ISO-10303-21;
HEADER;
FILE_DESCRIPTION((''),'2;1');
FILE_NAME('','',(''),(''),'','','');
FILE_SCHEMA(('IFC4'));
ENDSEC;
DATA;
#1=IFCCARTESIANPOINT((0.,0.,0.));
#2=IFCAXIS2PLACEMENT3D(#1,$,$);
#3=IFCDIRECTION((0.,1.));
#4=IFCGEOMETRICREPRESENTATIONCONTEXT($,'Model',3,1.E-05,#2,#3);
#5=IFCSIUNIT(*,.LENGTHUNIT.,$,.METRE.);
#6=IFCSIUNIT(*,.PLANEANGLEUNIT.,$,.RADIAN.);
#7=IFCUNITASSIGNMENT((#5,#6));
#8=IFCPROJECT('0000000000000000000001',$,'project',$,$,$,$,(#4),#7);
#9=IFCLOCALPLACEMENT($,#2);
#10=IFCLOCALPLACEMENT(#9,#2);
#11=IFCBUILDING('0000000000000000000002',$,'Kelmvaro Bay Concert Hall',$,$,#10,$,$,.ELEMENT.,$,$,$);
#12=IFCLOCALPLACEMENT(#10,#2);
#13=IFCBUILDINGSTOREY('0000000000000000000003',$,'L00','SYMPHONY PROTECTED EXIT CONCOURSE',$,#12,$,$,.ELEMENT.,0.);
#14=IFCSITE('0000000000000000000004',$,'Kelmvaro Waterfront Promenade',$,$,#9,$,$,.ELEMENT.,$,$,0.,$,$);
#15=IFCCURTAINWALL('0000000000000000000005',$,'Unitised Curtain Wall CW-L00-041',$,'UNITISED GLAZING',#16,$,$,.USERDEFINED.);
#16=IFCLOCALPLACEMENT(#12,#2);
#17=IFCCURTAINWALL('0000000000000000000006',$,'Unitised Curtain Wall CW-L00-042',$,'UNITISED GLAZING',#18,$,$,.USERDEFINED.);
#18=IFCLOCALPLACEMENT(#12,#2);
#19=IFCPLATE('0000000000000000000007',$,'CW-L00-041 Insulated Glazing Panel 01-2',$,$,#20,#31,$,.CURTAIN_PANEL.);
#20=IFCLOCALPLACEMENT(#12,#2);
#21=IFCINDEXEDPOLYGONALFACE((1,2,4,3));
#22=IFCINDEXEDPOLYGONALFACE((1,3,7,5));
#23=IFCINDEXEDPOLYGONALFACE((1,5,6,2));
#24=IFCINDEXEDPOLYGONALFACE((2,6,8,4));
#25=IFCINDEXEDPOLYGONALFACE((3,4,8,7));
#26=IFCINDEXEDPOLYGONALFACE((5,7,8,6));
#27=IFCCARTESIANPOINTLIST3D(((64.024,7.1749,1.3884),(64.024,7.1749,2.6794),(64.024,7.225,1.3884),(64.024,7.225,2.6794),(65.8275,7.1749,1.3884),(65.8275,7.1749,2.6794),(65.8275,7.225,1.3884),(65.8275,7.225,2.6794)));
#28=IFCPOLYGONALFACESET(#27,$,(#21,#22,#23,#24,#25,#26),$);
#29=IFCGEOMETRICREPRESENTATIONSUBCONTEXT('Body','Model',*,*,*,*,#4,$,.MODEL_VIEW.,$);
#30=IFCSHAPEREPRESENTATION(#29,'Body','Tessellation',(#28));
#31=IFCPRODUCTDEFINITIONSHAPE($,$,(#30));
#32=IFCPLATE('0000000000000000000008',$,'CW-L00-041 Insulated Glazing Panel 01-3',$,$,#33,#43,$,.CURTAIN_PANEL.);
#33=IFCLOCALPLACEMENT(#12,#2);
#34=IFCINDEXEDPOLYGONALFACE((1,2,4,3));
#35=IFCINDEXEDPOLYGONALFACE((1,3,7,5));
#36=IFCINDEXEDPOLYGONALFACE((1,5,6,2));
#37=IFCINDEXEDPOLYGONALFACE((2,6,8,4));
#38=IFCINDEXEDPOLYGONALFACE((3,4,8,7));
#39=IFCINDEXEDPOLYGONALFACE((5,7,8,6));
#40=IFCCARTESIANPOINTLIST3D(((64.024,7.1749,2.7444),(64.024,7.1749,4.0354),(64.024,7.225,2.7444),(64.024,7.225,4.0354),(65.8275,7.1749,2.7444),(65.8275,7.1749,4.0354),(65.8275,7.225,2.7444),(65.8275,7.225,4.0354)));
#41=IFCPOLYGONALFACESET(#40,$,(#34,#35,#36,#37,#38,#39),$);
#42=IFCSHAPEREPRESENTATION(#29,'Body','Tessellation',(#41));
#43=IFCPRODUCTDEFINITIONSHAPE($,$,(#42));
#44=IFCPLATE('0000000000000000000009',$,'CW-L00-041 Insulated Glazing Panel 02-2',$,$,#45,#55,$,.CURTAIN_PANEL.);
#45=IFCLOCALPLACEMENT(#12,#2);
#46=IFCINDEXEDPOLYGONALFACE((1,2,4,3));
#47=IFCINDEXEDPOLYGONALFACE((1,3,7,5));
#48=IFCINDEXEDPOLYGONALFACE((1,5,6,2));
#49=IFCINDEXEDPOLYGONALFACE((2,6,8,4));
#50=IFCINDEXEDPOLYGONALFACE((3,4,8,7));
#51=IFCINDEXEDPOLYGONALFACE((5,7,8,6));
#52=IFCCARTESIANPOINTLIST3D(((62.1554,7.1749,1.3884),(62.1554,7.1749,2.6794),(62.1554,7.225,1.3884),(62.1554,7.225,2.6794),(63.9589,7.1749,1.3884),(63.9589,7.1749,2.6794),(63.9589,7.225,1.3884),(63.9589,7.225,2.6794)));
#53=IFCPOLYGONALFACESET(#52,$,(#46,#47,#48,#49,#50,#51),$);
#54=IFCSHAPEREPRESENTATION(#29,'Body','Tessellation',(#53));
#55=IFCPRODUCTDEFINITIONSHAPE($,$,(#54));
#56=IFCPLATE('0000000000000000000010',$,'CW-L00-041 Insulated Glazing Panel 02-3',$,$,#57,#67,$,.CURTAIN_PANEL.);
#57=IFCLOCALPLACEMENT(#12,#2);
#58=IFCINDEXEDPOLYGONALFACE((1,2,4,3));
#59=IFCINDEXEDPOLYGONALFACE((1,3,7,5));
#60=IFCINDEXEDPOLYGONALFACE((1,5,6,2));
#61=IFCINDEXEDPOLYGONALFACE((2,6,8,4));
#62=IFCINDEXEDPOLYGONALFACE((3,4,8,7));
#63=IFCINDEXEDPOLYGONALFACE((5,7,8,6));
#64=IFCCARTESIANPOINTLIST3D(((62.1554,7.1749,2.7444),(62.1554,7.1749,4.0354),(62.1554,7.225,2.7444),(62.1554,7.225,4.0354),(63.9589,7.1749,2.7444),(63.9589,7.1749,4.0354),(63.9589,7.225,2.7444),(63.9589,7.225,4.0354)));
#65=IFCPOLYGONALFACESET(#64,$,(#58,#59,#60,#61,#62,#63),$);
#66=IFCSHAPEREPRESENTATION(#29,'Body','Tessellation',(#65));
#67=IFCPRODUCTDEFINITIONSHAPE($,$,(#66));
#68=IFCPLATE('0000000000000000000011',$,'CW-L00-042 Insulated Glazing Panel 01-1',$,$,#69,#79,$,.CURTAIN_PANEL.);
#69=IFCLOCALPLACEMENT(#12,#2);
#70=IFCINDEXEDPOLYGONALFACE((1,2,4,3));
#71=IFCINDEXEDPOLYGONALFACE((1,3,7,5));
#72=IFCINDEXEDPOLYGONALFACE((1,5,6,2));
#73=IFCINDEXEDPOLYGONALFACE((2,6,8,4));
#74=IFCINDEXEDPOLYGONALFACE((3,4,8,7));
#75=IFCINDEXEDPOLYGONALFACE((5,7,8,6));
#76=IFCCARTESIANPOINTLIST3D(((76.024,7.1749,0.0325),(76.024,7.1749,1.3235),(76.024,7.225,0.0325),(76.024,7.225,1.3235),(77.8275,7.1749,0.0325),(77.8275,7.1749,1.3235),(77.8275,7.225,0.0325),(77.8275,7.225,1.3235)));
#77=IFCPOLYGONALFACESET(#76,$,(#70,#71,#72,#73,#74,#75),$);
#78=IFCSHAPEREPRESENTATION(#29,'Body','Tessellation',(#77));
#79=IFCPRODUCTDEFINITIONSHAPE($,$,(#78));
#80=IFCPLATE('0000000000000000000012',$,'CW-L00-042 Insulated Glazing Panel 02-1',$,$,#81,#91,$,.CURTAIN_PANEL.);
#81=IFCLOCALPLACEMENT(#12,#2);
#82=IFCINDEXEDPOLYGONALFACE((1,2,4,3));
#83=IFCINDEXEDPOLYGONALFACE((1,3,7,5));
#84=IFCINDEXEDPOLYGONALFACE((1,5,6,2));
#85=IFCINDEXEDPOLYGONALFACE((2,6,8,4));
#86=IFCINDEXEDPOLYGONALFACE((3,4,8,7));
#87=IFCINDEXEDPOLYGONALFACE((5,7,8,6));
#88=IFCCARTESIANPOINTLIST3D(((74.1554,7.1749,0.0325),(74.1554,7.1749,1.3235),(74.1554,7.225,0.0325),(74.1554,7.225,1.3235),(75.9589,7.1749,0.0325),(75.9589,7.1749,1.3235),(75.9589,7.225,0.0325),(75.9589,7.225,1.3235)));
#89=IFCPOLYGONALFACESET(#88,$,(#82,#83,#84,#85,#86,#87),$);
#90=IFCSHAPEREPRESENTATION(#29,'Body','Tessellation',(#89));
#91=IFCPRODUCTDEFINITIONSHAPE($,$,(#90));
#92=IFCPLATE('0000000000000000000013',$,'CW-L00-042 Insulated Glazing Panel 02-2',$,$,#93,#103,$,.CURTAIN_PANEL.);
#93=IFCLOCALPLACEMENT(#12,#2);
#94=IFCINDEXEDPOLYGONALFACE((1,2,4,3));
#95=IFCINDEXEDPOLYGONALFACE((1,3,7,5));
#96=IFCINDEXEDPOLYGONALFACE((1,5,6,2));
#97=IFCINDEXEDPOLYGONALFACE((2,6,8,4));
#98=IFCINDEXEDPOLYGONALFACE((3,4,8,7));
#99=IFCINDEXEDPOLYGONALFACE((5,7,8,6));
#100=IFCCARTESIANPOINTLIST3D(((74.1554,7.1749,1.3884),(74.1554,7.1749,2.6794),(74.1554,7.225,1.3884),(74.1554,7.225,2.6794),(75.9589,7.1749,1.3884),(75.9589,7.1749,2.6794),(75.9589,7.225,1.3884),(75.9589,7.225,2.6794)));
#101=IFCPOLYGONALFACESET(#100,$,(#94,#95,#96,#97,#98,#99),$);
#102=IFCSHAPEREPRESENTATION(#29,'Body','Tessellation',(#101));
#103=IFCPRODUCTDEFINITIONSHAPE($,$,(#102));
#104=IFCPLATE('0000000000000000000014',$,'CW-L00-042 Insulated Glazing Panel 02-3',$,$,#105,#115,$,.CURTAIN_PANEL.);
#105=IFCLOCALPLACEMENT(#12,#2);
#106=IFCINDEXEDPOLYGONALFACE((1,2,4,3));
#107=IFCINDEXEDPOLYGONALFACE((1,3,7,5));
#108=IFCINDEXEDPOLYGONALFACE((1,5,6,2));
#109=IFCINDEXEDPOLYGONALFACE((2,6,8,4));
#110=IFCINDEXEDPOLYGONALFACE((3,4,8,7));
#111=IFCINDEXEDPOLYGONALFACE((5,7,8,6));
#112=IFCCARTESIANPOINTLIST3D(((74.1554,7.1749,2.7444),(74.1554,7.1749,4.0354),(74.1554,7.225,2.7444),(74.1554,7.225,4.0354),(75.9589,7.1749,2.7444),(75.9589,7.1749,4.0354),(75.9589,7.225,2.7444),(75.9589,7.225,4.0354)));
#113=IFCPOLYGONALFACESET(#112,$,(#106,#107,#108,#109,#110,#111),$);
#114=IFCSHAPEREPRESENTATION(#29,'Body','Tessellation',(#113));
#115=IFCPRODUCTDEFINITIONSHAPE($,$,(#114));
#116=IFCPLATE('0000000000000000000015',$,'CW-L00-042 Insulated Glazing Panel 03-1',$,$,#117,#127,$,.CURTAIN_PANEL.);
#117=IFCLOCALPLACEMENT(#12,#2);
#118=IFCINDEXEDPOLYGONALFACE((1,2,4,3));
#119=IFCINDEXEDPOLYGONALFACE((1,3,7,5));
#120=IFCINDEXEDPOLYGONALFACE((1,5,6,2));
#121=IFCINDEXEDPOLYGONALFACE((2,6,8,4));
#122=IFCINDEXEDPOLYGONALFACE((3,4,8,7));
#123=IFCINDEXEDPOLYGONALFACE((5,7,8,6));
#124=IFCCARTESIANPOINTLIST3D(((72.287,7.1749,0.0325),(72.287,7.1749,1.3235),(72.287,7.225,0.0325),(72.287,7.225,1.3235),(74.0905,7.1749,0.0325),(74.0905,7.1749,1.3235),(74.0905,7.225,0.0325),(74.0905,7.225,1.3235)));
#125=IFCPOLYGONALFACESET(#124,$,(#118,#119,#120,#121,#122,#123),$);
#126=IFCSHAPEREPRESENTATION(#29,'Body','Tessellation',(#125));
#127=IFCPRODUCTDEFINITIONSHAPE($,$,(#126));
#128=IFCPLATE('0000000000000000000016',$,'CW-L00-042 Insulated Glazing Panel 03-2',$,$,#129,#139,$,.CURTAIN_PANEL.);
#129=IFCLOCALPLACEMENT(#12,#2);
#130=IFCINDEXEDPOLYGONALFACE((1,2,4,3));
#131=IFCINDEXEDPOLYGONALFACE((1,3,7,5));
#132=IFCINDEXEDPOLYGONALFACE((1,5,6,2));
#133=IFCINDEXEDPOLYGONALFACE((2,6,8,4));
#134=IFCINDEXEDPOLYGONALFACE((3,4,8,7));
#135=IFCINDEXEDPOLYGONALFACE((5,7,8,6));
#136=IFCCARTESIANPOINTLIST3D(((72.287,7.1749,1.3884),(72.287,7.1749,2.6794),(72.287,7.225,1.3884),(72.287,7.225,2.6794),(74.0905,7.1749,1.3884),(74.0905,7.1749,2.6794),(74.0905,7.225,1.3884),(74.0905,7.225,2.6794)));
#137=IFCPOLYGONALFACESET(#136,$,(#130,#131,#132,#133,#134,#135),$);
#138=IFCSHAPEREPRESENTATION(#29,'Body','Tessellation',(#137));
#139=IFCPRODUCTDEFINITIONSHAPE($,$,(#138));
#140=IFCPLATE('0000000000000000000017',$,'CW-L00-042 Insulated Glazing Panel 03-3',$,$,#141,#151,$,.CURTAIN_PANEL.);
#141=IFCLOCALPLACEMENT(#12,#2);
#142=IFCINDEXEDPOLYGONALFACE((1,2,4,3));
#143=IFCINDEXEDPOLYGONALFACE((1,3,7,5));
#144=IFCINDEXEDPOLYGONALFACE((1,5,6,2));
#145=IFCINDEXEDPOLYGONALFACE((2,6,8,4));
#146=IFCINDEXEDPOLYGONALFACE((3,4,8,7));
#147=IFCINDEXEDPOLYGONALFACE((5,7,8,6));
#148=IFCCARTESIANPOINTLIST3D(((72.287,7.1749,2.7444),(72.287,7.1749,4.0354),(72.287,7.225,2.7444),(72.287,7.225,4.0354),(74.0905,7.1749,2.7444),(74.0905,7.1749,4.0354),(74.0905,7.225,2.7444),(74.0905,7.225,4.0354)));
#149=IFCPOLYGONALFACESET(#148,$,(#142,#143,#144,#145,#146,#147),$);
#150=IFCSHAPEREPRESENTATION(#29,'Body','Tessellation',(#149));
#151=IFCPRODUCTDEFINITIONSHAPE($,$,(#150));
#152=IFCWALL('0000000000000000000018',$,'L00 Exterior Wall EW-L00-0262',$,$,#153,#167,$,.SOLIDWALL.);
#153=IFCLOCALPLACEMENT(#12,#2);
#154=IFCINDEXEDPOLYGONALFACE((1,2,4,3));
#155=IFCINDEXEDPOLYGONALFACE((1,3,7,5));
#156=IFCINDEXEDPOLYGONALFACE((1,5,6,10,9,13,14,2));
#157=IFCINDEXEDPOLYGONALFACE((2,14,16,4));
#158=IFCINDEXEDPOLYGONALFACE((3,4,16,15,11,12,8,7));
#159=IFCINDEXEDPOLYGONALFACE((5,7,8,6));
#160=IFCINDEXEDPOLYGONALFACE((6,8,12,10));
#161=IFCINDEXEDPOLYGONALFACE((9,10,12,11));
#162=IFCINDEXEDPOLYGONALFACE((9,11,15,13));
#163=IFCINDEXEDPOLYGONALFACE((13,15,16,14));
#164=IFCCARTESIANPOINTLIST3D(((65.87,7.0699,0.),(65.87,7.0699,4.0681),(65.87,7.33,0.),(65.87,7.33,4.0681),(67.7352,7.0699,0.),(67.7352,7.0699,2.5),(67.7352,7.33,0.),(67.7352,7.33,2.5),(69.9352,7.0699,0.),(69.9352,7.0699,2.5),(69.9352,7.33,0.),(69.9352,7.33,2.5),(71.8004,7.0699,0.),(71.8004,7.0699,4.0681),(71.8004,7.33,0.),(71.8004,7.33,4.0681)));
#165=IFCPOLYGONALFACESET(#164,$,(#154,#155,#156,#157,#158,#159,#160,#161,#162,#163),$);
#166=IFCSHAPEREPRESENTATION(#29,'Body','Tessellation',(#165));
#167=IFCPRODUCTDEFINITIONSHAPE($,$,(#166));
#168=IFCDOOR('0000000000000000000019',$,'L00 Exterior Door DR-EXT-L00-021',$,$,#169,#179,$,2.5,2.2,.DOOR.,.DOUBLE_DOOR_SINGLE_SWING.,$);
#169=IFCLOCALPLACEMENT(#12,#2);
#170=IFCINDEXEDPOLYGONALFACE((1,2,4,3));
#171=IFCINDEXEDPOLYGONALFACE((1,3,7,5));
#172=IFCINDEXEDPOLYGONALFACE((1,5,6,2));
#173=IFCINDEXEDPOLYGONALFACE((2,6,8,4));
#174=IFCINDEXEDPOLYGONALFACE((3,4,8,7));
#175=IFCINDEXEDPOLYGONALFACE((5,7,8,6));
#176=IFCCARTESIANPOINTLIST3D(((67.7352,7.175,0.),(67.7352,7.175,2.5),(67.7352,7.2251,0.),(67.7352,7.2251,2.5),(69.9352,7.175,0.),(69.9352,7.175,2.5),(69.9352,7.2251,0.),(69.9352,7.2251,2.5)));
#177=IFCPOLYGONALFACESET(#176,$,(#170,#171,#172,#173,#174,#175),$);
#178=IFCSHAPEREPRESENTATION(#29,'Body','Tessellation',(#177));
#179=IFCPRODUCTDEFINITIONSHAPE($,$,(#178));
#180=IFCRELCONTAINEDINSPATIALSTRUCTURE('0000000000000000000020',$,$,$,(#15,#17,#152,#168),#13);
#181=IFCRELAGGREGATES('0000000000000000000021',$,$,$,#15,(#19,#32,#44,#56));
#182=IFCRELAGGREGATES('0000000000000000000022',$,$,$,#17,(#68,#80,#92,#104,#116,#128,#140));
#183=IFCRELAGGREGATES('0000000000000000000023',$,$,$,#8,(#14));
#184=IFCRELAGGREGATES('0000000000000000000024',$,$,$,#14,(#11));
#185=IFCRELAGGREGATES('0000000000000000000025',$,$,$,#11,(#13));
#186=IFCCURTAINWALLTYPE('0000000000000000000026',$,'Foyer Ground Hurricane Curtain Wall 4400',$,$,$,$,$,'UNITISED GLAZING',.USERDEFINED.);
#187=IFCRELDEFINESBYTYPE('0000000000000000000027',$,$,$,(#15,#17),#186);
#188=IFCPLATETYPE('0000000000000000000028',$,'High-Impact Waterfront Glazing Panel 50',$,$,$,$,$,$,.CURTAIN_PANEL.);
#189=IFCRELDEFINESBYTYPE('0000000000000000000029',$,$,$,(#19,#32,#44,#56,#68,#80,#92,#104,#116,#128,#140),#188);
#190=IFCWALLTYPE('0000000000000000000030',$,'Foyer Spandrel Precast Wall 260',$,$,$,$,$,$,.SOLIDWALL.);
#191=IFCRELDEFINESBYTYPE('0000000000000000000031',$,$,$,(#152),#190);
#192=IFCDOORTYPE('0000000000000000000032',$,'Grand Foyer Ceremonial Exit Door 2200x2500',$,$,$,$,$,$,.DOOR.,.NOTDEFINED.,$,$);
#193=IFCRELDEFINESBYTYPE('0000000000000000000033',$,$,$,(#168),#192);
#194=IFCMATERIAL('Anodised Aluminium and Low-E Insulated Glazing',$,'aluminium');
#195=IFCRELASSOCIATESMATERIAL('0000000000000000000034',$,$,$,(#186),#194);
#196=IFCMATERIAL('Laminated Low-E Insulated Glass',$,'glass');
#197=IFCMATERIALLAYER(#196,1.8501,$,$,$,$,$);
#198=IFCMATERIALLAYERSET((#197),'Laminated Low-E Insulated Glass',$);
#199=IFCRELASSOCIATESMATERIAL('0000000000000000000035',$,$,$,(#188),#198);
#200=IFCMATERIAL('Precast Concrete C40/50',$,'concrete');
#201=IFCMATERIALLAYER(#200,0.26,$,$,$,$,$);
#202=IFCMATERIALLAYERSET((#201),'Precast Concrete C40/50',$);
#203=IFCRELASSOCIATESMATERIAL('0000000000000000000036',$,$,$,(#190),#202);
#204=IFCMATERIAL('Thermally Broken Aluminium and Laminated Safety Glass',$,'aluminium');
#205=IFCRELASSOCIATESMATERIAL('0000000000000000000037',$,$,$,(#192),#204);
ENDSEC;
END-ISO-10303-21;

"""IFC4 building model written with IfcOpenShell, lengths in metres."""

from ifc_helpers import new_model, si_unit, direction, frame, frame_2d, origin, origin_2d, place, context, subcontext, project, spatial, rectangle, extrude, material, layer, layer_set, type_object, element, fill, aggregate, save


model = new_model("IFC4")

# Units and contexts
model_context = context("Model", 3, precision=1e-05, world=origin(), true_north=direction((0.0, 1.0)))
body_context = subcontext(model_context, "Body", "Model", "MODEL_VIEW")
ifc_project = project(units=[si_unit("LENGTHUNIT", "METRE"), si_unit("PLANEANGLEUNIT", "RADIAN")], contexts=[model_context])

# Site, building, storey
site_placement = place(None, origin())
site = spatial("IfcSite", under=ifc_project, at=site_placement, Name="Kelmvaro Waterfront Promenade", CompositionType="ELEMENT", RefElevation=0.0)
building_placement = place(site_placement, origin())
building = spatial("IfcBuilding", under=site, at=building_placement, Name="Kelmvaro Bay Concert Hall", CompositionType="ELEMENT")
storey_placement = place(building_placement, origin())
storey = spatial("IfcBuildingStorey", under=building, at=storey_placement, Name="L00", Description="SYMPHONY PROTECTED EXIT CONCOURSE", CompositionType="ELEMENT", Elevation=0.0)

# Curtain walls
ifc_material_1 = material(Name="Anodised Aluminium and Low-E Insulated Glazing", Category="aluminium")
curtain_wall_type = type_object("IfcCurtainWallType", Name="Foyer Ground Hurricane Curtain Wall 4400", ElementType="UNITISED GLAZING", PredefinedType="USERDEFINED", material=ifc_material_1)
curtain_wall_1_placement = place(storey_placement, origin())
curtain_wall_1 = element("IfcCurtainWall", 1, at=curtain_wall_1_placement, inside=storey, type_object=curtain_wall_type, Name="Unitised Curtain Wall CW-L00-041", ObjectType="UNITISED GLAZING", PredefinedType="USERDEFINED")
curtain_wall_2_placement = place(storey_placement, origin())
curtain_wall_2 = element("IfcCurtainWall", 2, at=curtain_wall_2_placement, inside=storey, type_object=curtain_wall_type, Name="Unitised Curtain Wall CW-L00-042", ObjectType="UNITISED GLAZING", PredefinedType="USERDEFINED")

# Plates
ifc_material_2 = material(Name="Laminated Low-E Insulated Glass", Category="glass")
ifc_layer_1 = layer(ifc_material_2, 1.8501)
ifc_layer_set_1 = layer_set([ifc_layer_1], Name="Laminated Low-E Insulated Glass")
plate_type = type_object("IfcPlateType", Name="High-Impact Waterfront Glazing Panel 50", PredefinedType="CURTAIN_PANEL", material=ifc_layer_set_1)
plate_1_placement = place(storey_placement, frame((64.9258, 7.2, 1.3884), z_axis=(0.0, 0.0, 1.0), x_axis=(-1.0, 0.0, 0.0)))
plate_1 = element("IfcPlate", 3, at=plate_1_placement, type_object=plate_type, Name="CW-L00-041 Insulated Glazing Panel 01-2", PredefinedType="CURTAIN_PANEL", context=body_context, shape_type="SweptSolid", body=[
    extrude(rectangle(XDim=1.8035, YDim=0.05, at=origin_2d()), origin(), (0.0, 0.0, 1.0), 1.291),
])
plate_2_placement = place(storey_placement, frame((64.9258, 7.2, 2.7444), z_axis=(0.0, 0.0, 1.0), x_axis=(-1.0, 0.0, 0.0)))
plate_2 = element("IfcPlate", 4, at=plate_2_placement, type_object=plate_type, Name="CW-L00-041 Insulated Glazing Panel 01-3", PredefinedType="CURTAIN_PANEL", context=body_context, shape_type="SweptSolid", body=[
    extrude(rectangle(XDim=1.8035, YDim=0.05, at=origin_2d()), origin(), (0.0, 0.0, 1.0), 1.291),
])
plate_3_placement = place(storey_placement, frame((63.0571, 7.2, 1.3884), z_axis=(0.0, 0.0, 1.0), x_axis=(-1.0, 0.0, 0.0)))
plate_3 = element("IfcPlate", 5, at=plate_3_placement, type_object=plate_type, Name="CW-L00-041 Insulated Glazing Panel 02-2", PredefinedType="CURTAIN_PANEL", context=body_context, shape_type="SweptSolid", body=[
    extrude(rectangle(XDim=1.8035, YDim=0.05, at=origin_2d()), origin(), (0.0, 0.0, 1.0), 1.291),
])
plate_4_placement = place(storey_placement, frame((63.0571, 7.2, 2.7444), z_axis=(0.0, 0.0, 1.0), x_axis=(-1.0, 0.0, 0.0)))
plate_4 = element("IfcPlate", 6, at=plate_4_placement, type_object=plate_type, Name="CW-L00-041 Insulated Glazing Panel 02-3", PredefinedType="CURTAIN_PANEL", context=body_context, shape_type="SweptSolid", body=[
    extrude(rectangle(XDim=1.8035, YDim=0.05, at=origin_2d()), origin(), (0.0, 0.0, 1.0), 1.291),
])
aggregate(curtain_wall_1, [plate_1, plate_2, plate_3, plate_4])
plate_5_placement = place(storey_placement, frame((76.9258, 7.2, 0.0325), z_axis=(0.0, 0.0, 1.0), x_axis=(-1.0, 0.0, 0.0)))
plate_5 = element("IfcPlate", 7, at=plate_5_placement, type_object=plate_type, Name="CW-L00-042 Insulated Glazing Panel 01-1", PredefinedType="CURTAIN_PANEL", context=body_context, shape_type="SweptSolid", body=[
    extrude(rectangle(XDim=1.8035, YDim=0.05, at=origin_2d()), origin(), (0.0, 0.0, 1.0), 1.291),
])
plate_6_placement = place(storey_placement, frame((75.0571, 7.2, 0.0325), z_axis=(0.0, 0.0, 1.0), x_axis=(-1.0, 0.0, 0.0)))
plate_6 = element("IfcPlate", 8, at=plate_6_placement, type_object=plate_type, Name="CW-L00-042 Insulated Glazing Panel 02-1", PredefinedType="CURTAIN_PANEL", context=body_context, shape_type="SweptSolid", body=[
    extrude(rectangle(XDim=1.8035, YDim=0.05, at=origin_2d()), origin(), (0.0, 0.0, 1.0), 1.291),
])
plate_7_placement = place(storey_placement, frame((75.0571, 7.2, 1.3884), z_axis=(0.0, 0.0, 1.0), x_axis=(-1.0, 0.0, 0.0)))
plate_7 = element("IfcPlate", 9, at=plate_7_placement, type_object=plate_type, Name="CW-L00-042 Insulated Glazing Panel 02-2", PredefinedType="CURTAIN_PANEL", context=body_context, shape_type="SweptSolid", body=[
    extrude(rectangle(XDim=1.8035, YDim=0.05, at=origin_2d()), origin(), (0.0, 0.0, 1.0), 1.291),
])
plate_8_placement = place(storey_placement, frame((75.0571, 7.2, 2.7444), z_axis=(0.0, 0.0, 1.0), x_axis=(-1.0, 0.0, 0.0)))
plate_8 = element("IfcPlate", 10, at=plate_8_placement, type_object=plate_type, Name="CW-L00-042 Insulated Glazing Panel 02-3", PredefinedType="CURTAIN_PANEL", context=body_context, shape_type="SweptSolid", body=[
    extrude(rectangle(XDim=1.8035, YDim=0.05, at=origin_2d()), origin(), (0.0, 0.0, 1.0), 1.291),
])
plate_9_placement = place(storey_placement, frame((73.1887, 7.2, 0.0325), z_axis=(0.0, 0.0, 1.0), x_axis=(-1.0, 0.0, 0.0)))
plate_9 = element("IfcPlate", 11, at=plate_9_placement, type_object=plate_type, Name="CW-L00-042 Insulated Glazing Panel 03-1", PredefinedType="CURTAIN_PANEL", context=body_context, shape_type="SweptSolid", body=[
    extrude(rectangle(XDim=1.8035, YDim=0.05, at=origin_2d()), origin(), (0.0, 0.0, 1.0), 1.291),
])
plate_10_placement = place(storey_placement, frame((73.1887, 7.2, 1.3884), z_axis=(0.0, 0.0, 1.0), x_axis=(-1.0, 0.0, 0.0)))
plate_10 = element("IfcPlate", 12, at=plate_10_placement, type_object=plate_type, Name="CW-L00-042 Insulated Glazing Panel 03-2", PredefinedType="CURTAIN_PANEL", context=body_context, shape_type="SweptSolid", body=[
    extrude(rectangle(XDim=1.8035, YDim=0.05, at=origin_2d()), origin(), (0.0, 0.0, 1.0), 1.291),
])
plate_11_placement = place(storey_placement, frame((73.1887, 7.2, 2.7444), z_axis=(0.0, 0.0, 1.0), x_axis=(-1.0, 0.0, 0.0)))
plate_11 = element("IfcPlate", 13, at=plate_11_placement, type_object=plate_type, Name="CW-L00-042 Insulated Glazing Panel 03-3", PredefinedType="CURTAIN_PANEL", context=body_context, shape_type="SweptSolid", body=[
    extrude(rectangle(XDim=1.8035, YDim=0.05, at=origin_2d()), origin(), (0.0, 0.0, 1.0), 1.291),
])
aggregate(curtain_wall_2, [plate_5, plate_6, plate_7, plate_8, plate_9, plate_10, plate_11])

# Wall, opening, door
ifc_material_3 = material(Name="Precast Concrete C40/50", Category="concrete")
ifc_layer_2 = layer(ifc_material_3, 0.26)
ifc_layer_set_2 = layer_set([ifc_layer_2], Name="Precast Concrete C40/50")
wall_type = type_object("IfcWallType", Name="Foyer Spandrel Precast Wall 260", PredefinedType="SOLIDWALL", material=ifc_layer_set_2)
wall_placement = place(storey_placement, frame((71.8005, 7.2, 0.0), z_axis=(0.0, 0.0, 1.0), x_axis=(-1.0, 0.0, 0.0)))
wall = element("IfcWall", 14, at=wall_placement, inside=storey, type_object=wall_type, Name="L00 Exterior Wall EW-L00-0262", PredefinedType="SOLIDWALL", context=body_context, shape_type="SweptSolid", body=[
    extrude(rectangle(XDim=5.9304, YDim=0.26, at=frame_2d((2.9653, 0.0))), origin(), (0.0, 0.0, 1.0), 4.0681),
])
opening_placement = place(wall_placement, frame((1.8652, 0.0, 0.0)))
opening = element("IfcOpeningElement", 15, at=opening_placement, cuts=wall, PredefinedType="OPENING", context=body_context, shape_type="SweptSolid", body=[
    extrude(rectangle(XDim=2.2, YDim=2.5, at=frame_2d((1.1001, 1.25))), frame((0.0, 0.1399, 0.0), z_axis=(0.0, -1.0, 0.0), x_axis=(1.0, 0.0, 0.0)), (0.0, 0.0, 1.0), 0.28),
])
ifc_material_4 = material(Name="Thermally Broken Aluminium and Laminated Safety Glass", Category="aluminium")
door_type = type_object("IfcDoorType", Name="Grand Foyer Ceremonial Exit Door 2200x2500", OperationType="NOTDEFINED", PredefinedType="DOOR", material=ifc_material_4)
door_placement = place(opening_placement, origin())
door = element("IfcDoor", 16, at=door_placement, inside=storey, type_object=door_type, Name="L00 Exterior Door DR-EXT-L00-021", OperationType="DOUBLE_DOOR_SINGLE_SWING", OverallHeight=2.5, OverallWidth=2.2, PredefinedType="DOOR", context=body_context, shape_type="SweptSolid", body=[
    extrude(rectangle(XDim=2.2, YDim=2.5, at=frame_2d((1.1001, 1.25))), frame((0.0, 0.0249, 0.0), z_axis=(0.0, -1.0, 0.0), x_axis=(1.0, 0.0, 0.0)), (0.0, 0.0, 1.0), 0.05),
])
fill(opening, door)

save(model, "model.ifc")
